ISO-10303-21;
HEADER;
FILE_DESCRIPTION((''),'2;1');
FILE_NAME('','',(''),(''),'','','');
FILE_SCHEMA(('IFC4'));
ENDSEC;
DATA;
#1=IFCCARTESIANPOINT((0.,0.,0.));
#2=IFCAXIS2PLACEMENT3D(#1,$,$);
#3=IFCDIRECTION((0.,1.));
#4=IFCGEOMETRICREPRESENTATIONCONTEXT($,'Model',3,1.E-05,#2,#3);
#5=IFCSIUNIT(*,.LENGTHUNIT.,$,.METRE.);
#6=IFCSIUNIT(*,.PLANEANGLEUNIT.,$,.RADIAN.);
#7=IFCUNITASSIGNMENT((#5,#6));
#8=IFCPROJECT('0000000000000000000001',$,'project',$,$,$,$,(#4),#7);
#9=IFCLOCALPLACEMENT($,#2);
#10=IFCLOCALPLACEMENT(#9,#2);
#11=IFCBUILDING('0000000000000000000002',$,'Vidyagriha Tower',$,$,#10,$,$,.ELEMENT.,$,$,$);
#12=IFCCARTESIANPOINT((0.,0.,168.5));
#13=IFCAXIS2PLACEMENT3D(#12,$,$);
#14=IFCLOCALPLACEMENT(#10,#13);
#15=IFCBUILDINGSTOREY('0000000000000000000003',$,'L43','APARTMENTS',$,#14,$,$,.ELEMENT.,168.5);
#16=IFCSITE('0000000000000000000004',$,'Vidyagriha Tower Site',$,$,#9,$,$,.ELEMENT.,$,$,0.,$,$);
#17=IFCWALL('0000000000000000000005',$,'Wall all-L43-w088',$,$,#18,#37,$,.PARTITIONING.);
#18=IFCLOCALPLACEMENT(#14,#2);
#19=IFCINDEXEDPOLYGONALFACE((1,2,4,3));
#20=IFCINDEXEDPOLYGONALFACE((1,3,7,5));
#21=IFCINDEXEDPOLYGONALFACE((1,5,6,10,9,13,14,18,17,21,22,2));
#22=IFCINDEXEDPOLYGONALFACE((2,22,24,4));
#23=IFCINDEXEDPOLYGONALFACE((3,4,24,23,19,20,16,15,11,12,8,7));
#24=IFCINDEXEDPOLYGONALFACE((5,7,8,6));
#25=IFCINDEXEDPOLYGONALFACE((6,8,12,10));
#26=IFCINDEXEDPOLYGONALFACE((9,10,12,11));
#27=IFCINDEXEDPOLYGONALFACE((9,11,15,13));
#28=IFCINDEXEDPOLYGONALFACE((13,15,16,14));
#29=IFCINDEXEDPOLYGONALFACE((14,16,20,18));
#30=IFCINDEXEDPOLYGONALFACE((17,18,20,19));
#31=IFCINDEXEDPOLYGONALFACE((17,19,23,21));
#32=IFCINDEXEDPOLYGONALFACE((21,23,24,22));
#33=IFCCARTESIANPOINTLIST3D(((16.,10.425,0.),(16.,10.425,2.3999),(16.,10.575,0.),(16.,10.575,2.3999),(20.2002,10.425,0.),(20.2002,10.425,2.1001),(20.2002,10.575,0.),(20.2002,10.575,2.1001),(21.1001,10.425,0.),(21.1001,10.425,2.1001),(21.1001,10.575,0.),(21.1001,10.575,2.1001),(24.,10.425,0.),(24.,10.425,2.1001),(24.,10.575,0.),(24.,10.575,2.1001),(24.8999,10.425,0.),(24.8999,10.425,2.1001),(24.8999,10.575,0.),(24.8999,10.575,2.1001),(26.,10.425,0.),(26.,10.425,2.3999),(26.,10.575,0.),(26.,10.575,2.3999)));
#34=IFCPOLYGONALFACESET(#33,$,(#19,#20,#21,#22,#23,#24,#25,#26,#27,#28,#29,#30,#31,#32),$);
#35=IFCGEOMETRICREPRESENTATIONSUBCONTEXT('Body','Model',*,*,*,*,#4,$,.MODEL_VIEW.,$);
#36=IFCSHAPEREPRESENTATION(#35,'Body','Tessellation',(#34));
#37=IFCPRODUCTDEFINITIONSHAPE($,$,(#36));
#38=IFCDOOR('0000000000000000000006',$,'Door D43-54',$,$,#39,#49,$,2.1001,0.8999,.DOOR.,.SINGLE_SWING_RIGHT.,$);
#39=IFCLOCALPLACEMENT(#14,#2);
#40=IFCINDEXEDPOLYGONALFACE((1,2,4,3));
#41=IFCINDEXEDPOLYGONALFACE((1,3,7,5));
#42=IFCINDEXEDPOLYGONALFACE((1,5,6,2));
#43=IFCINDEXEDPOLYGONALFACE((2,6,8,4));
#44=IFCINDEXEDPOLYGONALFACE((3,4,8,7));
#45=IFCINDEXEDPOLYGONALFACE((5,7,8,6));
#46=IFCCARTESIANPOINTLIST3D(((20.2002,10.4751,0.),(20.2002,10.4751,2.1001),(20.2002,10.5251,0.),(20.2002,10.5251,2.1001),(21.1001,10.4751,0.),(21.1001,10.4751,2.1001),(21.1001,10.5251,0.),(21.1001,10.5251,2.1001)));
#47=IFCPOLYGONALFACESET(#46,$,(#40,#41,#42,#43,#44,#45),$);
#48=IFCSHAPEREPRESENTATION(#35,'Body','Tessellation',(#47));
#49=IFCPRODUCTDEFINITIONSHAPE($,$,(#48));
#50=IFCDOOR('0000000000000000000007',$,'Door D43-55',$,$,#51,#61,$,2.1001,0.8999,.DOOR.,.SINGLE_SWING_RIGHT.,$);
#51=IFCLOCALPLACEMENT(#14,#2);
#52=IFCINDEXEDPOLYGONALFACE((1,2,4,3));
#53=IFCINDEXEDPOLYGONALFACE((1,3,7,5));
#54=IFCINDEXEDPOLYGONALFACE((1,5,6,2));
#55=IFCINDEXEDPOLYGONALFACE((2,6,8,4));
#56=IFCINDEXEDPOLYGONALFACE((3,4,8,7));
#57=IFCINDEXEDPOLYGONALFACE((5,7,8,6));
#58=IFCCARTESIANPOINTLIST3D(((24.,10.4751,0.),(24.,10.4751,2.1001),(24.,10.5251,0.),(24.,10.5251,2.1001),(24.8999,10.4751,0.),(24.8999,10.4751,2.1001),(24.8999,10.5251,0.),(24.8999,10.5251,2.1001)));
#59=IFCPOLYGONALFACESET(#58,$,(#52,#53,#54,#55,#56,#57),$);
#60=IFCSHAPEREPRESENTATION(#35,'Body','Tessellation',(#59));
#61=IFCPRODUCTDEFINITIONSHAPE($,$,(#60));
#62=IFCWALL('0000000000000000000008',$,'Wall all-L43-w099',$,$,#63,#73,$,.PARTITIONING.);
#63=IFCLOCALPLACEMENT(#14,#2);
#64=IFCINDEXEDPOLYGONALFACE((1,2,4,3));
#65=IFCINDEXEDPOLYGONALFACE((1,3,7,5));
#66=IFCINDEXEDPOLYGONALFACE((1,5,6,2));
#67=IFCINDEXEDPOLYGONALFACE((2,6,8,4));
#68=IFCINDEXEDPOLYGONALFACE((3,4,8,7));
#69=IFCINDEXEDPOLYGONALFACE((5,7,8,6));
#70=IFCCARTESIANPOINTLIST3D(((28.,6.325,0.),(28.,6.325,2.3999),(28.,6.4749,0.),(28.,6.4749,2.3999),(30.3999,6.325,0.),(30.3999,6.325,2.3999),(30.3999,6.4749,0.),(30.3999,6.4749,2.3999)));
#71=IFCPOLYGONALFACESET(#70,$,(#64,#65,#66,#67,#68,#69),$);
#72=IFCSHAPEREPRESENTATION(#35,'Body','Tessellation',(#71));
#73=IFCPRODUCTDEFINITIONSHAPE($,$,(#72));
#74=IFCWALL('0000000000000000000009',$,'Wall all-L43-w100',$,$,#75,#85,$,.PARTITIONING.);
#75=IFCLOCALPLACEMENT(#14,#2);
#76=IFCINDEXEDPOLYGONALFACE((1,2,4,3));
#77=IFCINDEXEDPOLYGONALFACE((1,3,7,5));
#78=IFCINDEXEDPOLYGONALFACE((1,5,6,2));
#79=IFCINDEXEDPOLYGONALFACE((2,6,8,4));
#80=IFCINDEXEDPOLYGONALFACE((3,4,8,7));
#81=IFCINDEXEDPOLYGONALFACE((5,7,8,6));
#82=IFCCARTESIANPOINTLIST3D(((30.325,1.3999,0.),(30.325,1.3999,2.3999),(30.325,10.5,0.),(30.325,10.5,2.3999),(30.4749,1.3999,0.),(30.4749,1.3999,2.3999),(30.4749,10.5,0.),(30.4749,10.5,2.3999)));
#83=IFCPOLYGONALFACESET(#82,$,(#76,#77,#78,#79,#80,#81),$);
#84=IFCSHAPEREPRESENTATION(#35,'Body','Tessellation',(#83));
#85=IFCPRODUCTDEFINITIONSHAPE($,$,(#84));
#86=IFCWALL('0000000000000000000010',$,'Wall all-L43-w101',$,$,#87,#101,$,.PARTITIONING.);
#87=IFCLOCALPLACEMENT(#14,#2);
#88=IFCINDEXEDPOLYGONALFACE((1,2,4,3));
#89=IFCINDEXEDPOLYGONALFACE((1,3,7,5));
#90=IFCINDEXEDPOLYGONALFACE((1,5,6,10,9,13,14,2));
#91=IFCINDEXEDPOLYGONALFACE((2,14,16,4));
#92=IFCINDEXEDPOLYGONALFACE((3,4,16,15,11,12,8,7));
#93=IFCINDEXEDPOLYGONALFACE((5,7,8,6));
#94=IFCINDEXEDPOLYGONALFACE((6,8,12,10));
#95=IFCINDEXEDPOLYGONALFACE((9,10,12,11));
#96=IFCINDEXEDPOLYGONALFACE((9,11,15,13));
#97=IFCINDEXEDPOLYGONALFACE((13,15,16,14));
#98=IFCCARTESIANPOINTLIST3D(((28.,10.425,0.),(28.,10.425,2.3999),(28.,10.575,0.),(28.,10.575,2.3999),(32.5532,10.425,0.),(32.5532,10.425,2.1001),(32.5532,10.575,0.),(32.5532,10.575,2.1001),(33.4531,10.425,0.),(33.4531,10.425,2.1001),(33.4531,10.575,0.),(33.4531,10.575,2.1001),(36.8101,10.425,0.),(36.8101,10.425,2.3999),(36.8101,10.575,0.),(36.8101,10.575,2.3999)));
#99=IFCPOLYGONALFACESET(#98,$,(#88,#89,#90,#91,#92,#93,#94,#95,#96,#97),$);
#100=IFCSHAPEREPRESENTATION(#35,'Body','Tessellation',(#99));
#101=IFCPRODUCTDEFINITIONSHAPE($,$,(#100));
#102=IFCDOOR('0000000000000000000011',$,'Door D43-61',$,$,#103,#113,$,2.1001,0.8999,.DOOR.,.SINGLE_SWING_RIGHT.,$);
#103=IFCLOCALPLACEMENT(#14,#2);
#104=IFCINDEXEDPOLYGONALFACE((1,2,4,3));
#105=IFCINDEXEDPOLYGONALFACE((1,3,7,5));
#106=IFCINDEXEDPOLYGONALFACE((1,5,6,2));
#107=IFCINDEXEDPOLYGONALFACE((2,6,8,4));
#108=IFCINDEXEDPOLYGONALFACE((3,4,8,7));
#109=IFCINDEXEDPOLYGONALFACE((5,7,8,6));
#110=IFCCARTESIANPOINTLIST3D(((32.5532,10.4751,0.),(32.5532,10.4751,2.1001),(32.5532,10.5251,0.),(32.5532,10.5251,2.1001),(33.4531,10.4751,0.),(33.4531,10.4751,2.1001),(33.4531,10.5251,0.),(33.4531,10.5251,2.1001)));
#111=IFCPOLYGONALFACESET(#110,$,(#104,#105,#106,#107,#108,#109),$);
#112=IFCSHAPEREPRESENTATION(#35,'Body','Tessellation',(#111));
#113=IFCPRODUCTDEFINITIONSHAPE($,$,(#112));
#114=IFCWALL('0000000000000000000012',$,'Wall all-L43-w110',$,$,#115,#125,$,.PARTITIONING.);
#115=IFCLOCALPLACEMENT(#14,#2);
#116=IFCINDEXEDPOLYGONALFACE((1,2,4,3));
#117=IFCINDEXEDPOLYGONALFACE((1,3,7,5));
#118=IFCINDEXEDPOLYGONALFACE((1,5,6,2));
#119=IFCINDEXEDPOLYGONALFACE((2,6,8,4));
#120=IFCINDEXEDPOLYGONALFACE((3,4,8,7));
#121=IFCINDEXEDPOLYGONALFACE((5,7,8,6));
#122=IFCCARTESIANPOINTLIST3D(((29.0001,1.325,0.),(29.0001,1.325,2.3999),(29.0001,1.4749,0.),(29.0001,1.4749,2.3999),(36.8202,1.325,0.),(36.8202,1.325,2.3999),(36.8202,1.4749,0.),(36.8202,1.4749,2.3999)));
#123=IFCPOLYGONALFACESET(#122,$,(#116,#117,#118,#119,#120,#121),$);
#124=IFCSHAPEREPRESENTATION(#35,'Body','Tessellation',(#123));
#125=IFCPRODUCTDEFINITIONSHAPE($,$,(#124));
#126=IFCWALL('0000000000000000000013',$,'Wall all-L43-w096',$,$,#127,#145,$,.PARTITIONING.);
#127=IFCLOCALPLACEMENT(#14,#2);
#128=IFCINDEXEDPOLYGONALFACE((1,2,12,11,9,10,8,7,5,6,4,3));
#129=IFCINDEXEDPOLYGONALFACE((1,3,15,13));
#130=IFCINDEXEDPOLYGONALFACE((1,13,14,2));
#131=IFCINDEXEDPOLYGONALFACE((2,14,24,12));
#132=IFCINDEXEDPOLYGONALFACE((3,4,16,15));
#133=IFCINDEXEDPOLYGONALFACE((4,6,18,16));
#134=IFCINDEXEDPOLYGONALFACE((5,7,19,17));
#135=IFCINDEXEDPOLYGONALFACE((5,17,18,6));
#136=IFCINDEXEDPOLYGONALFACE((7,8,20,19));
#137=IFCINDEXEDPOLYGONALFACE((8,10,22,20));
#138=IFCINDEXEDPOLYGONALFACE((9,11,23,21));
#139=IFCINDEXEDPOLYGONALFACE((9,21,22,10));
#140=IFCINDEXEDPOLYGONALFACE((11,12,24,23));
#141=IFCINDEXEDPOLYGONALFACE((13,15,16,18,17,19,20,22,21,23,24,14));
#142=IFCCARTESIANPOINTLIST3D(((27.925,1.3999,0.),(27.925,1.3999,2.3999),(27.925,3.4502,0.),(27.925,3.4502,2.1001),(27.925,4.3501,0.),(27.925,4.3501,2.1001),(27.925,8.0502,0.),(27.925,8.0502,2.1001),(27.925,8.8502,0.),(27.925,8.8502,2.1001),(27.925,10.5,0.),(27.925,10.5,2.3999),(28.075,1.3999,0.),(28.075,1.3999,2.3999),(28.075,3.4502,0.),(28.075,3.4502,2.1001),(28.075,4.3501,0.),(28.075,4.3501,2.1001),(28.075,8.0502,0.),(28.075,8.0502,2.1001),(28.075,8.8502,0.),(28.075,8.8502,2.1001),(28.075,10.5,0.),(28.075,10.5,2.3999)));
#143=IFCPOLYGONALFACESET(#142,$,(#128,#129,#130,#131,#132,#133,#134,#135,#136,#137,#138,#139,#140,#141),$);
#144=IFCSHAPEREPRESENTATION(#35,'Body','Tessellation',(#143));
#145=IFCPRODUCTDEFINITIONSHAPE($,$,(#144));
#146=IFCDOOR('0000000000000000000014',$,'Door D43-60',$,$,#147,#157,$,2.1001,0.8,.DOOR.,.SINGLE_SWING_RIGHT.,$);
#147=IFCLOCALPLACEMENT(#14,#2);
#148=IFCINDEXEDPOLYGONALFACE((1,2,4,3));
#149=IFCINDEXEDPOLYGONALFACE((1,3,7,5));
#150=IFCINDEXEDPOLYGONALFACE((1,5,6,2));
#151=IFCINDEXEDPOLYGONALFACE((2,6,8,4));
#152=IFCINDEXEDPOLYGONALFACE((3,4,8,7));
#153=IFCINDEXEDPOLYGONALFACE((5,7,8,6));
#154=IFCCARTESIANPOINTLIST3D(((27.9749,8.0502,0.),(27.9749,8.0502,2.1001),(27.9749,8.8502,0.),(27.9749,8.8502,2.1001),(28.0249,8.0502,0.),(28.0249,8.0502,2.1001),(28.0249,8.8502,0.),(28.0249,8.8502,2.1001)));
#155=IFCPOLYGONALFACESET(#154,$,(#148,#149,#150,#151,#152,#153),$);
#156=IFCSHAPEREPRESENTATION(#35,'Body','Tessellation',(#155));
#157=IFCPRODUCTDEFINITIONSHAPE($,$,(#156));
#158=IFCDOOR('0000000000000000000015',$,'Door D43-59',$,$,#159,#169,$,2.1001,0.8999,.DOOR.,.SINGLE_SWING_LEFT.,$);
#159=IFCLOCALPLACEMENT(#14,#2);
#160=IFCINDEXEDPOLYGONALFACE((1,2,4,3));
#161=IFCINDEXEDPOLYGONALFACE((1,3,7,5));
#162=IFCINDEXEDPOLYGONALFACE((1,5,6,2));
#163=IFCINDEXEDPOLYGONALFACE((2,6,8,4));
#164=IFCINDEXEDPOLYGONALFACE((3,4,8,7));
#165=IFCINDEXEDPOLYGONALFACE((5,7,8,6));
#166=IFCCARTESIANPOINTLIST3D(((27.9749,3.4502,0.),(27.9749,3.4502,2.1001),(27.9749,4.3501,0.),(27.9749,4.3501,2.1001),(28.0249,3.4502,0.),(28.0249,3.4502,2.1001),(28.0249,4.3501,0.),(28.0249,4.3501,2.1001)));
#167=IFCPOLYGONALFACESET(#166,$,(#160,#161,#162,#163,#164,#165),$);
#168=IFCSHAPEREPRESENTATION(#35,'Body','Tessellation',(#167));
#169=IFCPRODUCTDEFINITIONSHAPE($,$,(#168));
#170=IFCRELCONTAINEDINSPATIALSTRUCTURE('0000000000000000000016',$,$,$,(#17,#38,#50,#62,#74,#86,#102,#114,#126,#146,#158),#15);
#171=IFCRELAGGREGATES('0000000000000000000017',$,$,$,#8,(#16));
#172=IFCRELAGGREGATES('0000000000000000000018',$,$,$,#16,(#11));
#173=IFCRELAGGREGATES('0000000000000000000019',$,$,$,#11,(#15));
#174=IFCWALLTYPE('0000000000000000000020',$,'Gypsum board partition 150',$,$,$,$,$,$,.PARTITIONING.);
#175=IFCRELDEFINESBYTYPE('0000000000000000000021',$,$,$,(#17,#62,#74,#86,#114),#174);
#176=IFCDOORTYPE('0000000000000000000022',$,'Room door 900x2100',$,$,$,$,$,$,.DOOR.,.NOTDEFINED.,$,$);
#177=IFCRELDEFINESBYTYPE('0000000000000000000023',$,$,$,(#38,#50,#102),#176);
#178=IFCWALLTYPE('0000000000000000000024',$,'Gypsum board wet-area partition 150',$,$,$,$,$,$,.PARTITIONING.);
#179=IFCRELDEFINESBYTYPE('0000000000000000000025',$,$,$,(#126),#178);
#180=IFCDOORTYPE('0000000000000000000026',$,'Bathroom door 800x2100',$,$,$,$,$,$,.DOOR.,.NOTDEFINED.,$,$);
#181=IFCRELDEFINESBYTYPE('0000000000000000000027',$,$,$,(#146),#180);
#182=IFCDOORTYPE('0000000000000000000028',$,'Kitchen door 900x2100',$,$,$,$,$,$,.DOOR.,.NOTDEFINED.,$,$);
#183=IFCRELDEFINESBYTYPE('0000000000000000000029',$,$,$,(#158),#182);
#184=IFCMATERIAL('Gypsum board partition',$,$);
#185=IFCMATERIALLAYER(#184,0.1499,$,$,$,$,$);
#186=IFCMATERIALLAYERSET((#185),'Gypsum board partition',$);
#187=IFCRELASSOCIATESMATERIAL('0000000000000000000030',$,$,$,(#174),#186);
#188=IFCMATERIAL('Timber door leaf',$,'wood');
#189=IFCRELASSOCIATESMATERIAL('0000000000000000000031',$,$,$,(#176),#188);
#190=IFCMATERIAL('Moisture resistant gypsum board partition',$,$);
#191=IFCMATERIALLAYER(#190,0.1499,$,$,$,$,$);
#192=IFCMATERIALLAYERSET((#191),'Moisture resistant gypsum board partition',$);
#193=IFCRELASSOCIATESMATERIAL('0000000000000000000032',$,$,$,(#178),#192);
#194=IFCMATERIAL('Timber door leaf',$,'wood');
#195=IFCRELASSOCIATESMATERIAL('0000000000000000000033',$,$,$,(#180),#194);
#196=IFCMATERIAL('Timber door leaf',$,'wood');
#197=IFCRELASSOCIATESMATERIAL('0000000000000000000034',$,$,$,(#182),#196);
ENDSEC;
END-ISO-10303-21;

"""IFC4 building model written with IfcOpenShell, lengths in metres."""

from ifc_helpers import new_model, si_unit, direction, frame, frame_2d, origin, place, context, subcontext, project, spatial, rectangle, extrude, material, layer, layer_set, type_object, element, fill, save


model = new_model("IFC4")

# Units and contexts
model_context = context("Model", 3, precision=1e-05, world=origin(), true_north=direction((0.0, 1.0)))
body_context = subcontext(model_context, "Body", "Model", "MODEL_VIEW")
ifc_project = project(units=[si_unit("LENGTHUNIT", "METRE"), si_unit("PLANEANGLEUNIT", "RADIAN")], contexts=[model_context])

# Site, building, storey
site_placement = place(None, origin())
site = spatial("IfcSite", under=ifc_project, at=site_placement, Name="Vidyagriha Tower Site", CompositionType="ELEMENT", RefElevation=0.0)
building_placement = place(site_placement, origin())
building = spatial("IfcBuilding", under=site, at=building_placement, Name="Vidyagriha Tower", CompositionType="ELEMENT")
storey_placement = place(building_placement, frame((0.0, 0.0, 168.5)))
storey = spatial("IfcBuildingStorey", under=building, at=storey_placement, Name="L43", Description="APARTMENTS", CompositionType="ELEMENT", Elevation=168.5)

# Wall, openings, doors
ifc_material_1 = material(Name="Gypsum board partition")
ifc_layer_1 = layer(ifc_material_1, 0.1499)
ifc_layer_set_1 = layer_set([ifc_layer_1], Name="Gypsum board partition")
wall_type_1 = type_object("IfcWallType", Name="Gypsum board partition 150", PredefinedType="PARTITIONING", material=ifc_layer_set_1)
wall_1_placement = place(storey_placement, frame((26.0, 10.5, 0.0), z_axis=(0.0, 0.0, 1.0), x_axis=(-1.0, 0.0, 0.0)))
wall_1 = element("IfcWall", 1, at=wall_1_placement, inside=storey, type_object=wall_type_1, Name="Wall all-L43-w088", PredefinedType="PARTITIONING", context=body_context, shape_type="SweptSolid", body=[
    extrude(rectangle(XDim=10.0, YDim=0.1499, at=frame_2d((5.0, 0.0))), origin(), (0.0, 0.0, 1.0), 2.3999),
])
opening_1_placement = place(wall_1_placement, frame((4.8999, 0.0, 0.0)))
opening_1 = element("IfcOpeningElement", 2, at=opening_1_placement, cuts=wall_1, PredefinedType="OPENING", context=body_context, shape_type="SweptSolid", body=[
    extrude(rectangle(XDim=0.8999, YDim=2.1001, at=frame_2d((0.45, 1.05))), frame((0.0, 0.085, 0.0), z_axis=(0.0, -1.0, 0.0), x_axis=(1.0, 0.0, 0.0)), (0.0, 0.0, 1.0), 0.1699),
])
opening_2_placement = place(wall_1_placement, frame((1.1001, 0.0, 0.0)))
opening_2 = element("IfcOpeningElement", 3, at=opening_2_placement, cuts=wall_1, PredefinedType="OPENING", context=body_context, shape_type="SweptSolid", body=[
    extrude(rectangle(XDim=0.8999, YDim=2.1001, at=frame_2d((0.45, 1.05))), frame((0.0, 0.085, 0.0), z_axis=(0.0, -1.0, 0.0), x_axis=(1.0, 0.0, 0.0)), (0.0, 0.0, 1.0), 0.1699),
])
ifc_material_2 = material(Name="Timber door leaf", Category="wood")
door_type_1 = type_object("IfcDoorType", Name="Room door 900x2100", OperationType="NOTDEFINED", PredefinedType="DOOR", material=ifc_material_2)
door_1_placement = place(opening_1_placement, origin())
door_1 = element("IfcDoor", 4, at=door_1_placement, inside=storey, type_object=door_type_1, Name="Door D43-54", OperationType="SINGLE_SWING_RIGHT", OverallHeight=2.1001, OverallWidth=0.8999, PredefinedType="DOOR", context=body_context, shape_type="SweptSolid", body=[
    extrude(rectangle(XDim=0.8999, YDim=2.1001, at=frame_2d((0.45, 1.05))), frame((0.0, 0.0249, 0.0), z_axis=(0.0, -1.0, 0.0), x_axis=(1.0, 0.0, 0.0)), (0.0, 0.0, 1.0), 0.05),
])
fill(opening_1, door_1)
door_2_placement = place(opening_2_placement, origin())
door_2 = element("IfcDoor", 5, at=door_2_placement, inside=storey, type_object=door_type_1, Name="Door D43-55", OperationType="SINGLE_SWING_RIGHT", OverallHeight=2.1001, OverallWidth=0.8999, PredefinedType="DOOR", context=body_context, shape_type="SweptSolid", body=[
    extrude(rectangle(XDim=0.8999, YDim=2.1001, at=frame_2d((0.45, 1.05))), frame((0.0, 0.0249, 0.0), z_axis=(0.0, -1.0, 0.0), x_axis=(1.0, 0.0, 0.0)), (0.0, 0.0, 1.0), 0.05),
])
fill(opening_2, door_2)

# Walls
wall_2_placement = place(storey_placement, frame((28.0, 6.3999, 0.0)))
element("IfcWall", 6, at=wall_2_placement, inside=storey, type_object=wall_type_1, Name="Wall all-L43-w099", PredefinedType="PARTITIONING", context=body_context, shape_type="SweptSolid", body=[
    extrude(rectangle(XDim=2.3999, YDim=0.1499, at=frame_2d((1.2, 0.0))), origin(), (0.0, 0.0, 1.0), 2.3999),
])
wall_3_placement = place(storey_placement, frame((30.3999, 10.5, 0.0), z_axis=(0.0, 0.0, 1.0), x_axis=(0.0, -1.0, 0.0)))
element("IfcWall", 7, at=wall_3_placement, inside=storey, type_object=wall_type_1, Name="Wall all-L43-w100", PredefinedType="PARTITIONING", context=body_context, shape_type="SweptSolid", body=[
    extrude(rectangle(XDim=9.1001, YDim=0.1499, at=frame_2d((4.55, 0.0))), origin(), (0.0, 0.0, 1.0), 2.3999),
])

# Wall, opening, door
wall_4_placement = place(storey_placement, frame((36.8101, 10.5, 0.0), z_axis=(0.0, 0.0, 1.0), x_axis=(-1.0, 0.0, 0.0)))
wall_4 = element("IfcWall", 8, at=wall_4_placement, inside=storey, type_object=wall_type_1, Name="Wall all-L43-w101", PredefinedType="PARTITIONING", context=body_context, shape_type="SweptSolid", body=[
    extrude(rectangle(XDim=8.8101, YDim=0.1499, at=frame_2d((4.405, 0.0))), origin(), (0.0, 0.0, 1.0), 2.3999),
])
opening_3_placement = place(wall_4_placement, frame((3.3569, 0.0, 0.0)))
opening_3 = element("IfcOpeningElement", 9, at=opening_3_placement, cuts=wall_4, PredefinedType="OPENING", context=body_context, shape_type="SweptSolid", body=[
    extrude(rectangle(XDim=0.8999, YDim=2.1001, at=frame_2d((0.45, 1.05))), frame((0.0, 0.085, 0.0), z_axis=(0.0, -1.0, 0.0), x_axis=(1.0, 0.0, 0.0)), (0.0, 0.0, 1.0), 0.1699),
])
door_3_placement = place(opening_3_placement, origin())
door_3 = element("IfcDoor", 10, at=door_3_placement, inside=storey, type_object=door_type_1, Name="Door D43-61", OperationType="SINGLE_SWING_RIGHT", OverallHeight=2.1001, OverallWidth=0.8999, PredefinedType="DOOR", context=body_context, shape_type="SweptSolid", body=[
    extrude(rectangle(XDim=0.8999, YDim=2.1001, at=frame_2d((0.45, 1.05))), frame((0.0, 0.0249, 0.0), z_axis=(0.0, -1.0, 0.0), x_axis=(1.0, 0.0, 0.0)), (0.0, 0.0, 1.0), 0.05),
])
fill(opening_3, door_3)

# Wall
wall_5_placement = place(storey_placement, frame((29.0, 1.3999, 0.0)))
element("IfcWall", 11, at=wall_5_placement, inside=storey, type_object=wall_type_1, Name="Wall all-L43-w110", PredefinedType="PARTITIONING", context=body_context, shape_type="SweptSolid", body=[
    extrude(rectangle(XDim=7.8201, YDim=0.1499, at=frame_2d((3.9102, 0.0))), origin(), (0.0, 0.0, 1.0), 2.3999),
])

# Wall, openings, doors
ifc_material_3 = material(Name="Moisture resistant gypsum board partition")
ifc_layer_2 = layer(ifc_material_3, 0.1499)
ifc_layer_set_2 = layer_set([ifc_layer_2], Name="Moisture resistant gypsum board partition")
wall_type_2 = type_object("IfcWallType", Name="Gypsum board wet-area partition 150", PredefinedType="PARTITIONING", material=ifc_layer_set_2)
wall_6_placement = place(storey_placement, frame((28.0, 10.5, 0.0), z_axis=(0.0, 0.0, 1.0), x_axis=(0.0, -1.0, 0.0)))
wall_6 = element("IfcWall", 12, at=wall_6_placement, inside=storey, type_object=wall_type_2, Name="Wall all-L43-w096", PredefinedType="PARTITIONING", context=body_context, shape_type="SweptSolid", body=[
    extrude(rectangle(XDim=9.1001, YDim=0.1499, at=frame_2d((4.55, 0.0))), origin(), (0.0, 0.0, 1.0), 2.3999),
])
opening_4_placement = place(wall_6_placement, frame((6.1499, 0.0, 0.0)))
opening_4 = element("IfcOpeningElement", 13, at=opening_4_placement, cuts=wall_6, PredefinedType="OPENING", context=body_context, shape_type="SweptSolid", body=[
    extrude(rectangle(XDim=0.8999, YDim=2.1001, at=frame_2d((0.45, 1.05))), frame((0.0, 0.085, 0.0), z_axis=(0.0, -1.0, 0.0), x_axis=(1.0, 0.0, 0.0)), (0.0, 0.0, 1.0), 0.1699),
])
opening_5_placement = place(wall_6_placement, frame((1.6499, 0.0, 0.0)))
opening_5 = element("IfcOpeningElement", 14, at=opening_5_placement, cuts=wall_6, PredefinedType="OPENING", context=body_context, shape_type="SweptSolid", body=[
    extrude(rectangle(XDim=0.8, YDim=2.1001, at=frame_2d((0.3999, 1.05))), frame((0.0, 0.085, 0.0), z_axis=(0.0, -1.0, 0.0), x_axis=(1.0, 0.0, 0.0)), (0.0, 0.0, 1.0), 0.1699),
])
ifc_material_4 = material(Name="Timber door leaf", Category="wood")
door_type_2 = type_object("IfcDoorType", Name="Bathroom door 800x2100", OperationType="NOTDEFINED", PredefinedType="DOOR", material=ifc_material_4)
door_4_placement = place(opening_5_placement, origin())
door_4 = element("IfcDoor", 15, at=door_4_placement, inside=storey, type_object=door_type_2, Name="Door D43-60", OperationType="SINGLE_SWING_RIGHT", OverallHeight=2.1001, OverallWidth=0.8, PredefinedType="DOOR", context=body_context, shape_type="SweptSolid", body=[
    extrude(rectangle(XDim=0.8, YDim=2.1001, at=frame_2d((0.3999, 1.05))), frame((0.0, 0.0249, 0.0), z_axis=(0.0, -1.0, 0.0), x_axis=(1.0, 0.0, 0.0)), (0.0, 0.0, 1.0), 0.05),
])
fill(opening_5, door_4)
ifc_material_5 = material(Name="Timber door leaf", Category="wood")
door_type_3 = type_object("IfcDoorType", Name="Kitchen door 900x2100", OperationType="NOTDEFINED", PredefinedType="DOOR", material=ifc_material_5)
door_5_placement = place(opening_4_placement, origin())
door_5 = element("IfcDoor", 16, at=door_5_placement, inside=storey, type_object=door_type_3, Name="Door D43-59", OperationType="SINGLE_SWING_LEFT", OverallHeight=2.1001, OverallWidth=0.8999, PredefinedType="DOOR", context=body_context, shape_type="SweptSolid", body=[
    extrude(rectangle(XDim=0.8999, YDim=2.1001, at=frame_2d((0.45, 1.05))), frame((0.0, 0.0249, 0.0), z_axis=(0.0, -1.0, 0.0), x_axis=(1.0, 0.0, 0.0)), (0.0, 0.0, 1.0), 0.05),
])
fill(opening_4, door_5)

save(model, "model.ifc")
